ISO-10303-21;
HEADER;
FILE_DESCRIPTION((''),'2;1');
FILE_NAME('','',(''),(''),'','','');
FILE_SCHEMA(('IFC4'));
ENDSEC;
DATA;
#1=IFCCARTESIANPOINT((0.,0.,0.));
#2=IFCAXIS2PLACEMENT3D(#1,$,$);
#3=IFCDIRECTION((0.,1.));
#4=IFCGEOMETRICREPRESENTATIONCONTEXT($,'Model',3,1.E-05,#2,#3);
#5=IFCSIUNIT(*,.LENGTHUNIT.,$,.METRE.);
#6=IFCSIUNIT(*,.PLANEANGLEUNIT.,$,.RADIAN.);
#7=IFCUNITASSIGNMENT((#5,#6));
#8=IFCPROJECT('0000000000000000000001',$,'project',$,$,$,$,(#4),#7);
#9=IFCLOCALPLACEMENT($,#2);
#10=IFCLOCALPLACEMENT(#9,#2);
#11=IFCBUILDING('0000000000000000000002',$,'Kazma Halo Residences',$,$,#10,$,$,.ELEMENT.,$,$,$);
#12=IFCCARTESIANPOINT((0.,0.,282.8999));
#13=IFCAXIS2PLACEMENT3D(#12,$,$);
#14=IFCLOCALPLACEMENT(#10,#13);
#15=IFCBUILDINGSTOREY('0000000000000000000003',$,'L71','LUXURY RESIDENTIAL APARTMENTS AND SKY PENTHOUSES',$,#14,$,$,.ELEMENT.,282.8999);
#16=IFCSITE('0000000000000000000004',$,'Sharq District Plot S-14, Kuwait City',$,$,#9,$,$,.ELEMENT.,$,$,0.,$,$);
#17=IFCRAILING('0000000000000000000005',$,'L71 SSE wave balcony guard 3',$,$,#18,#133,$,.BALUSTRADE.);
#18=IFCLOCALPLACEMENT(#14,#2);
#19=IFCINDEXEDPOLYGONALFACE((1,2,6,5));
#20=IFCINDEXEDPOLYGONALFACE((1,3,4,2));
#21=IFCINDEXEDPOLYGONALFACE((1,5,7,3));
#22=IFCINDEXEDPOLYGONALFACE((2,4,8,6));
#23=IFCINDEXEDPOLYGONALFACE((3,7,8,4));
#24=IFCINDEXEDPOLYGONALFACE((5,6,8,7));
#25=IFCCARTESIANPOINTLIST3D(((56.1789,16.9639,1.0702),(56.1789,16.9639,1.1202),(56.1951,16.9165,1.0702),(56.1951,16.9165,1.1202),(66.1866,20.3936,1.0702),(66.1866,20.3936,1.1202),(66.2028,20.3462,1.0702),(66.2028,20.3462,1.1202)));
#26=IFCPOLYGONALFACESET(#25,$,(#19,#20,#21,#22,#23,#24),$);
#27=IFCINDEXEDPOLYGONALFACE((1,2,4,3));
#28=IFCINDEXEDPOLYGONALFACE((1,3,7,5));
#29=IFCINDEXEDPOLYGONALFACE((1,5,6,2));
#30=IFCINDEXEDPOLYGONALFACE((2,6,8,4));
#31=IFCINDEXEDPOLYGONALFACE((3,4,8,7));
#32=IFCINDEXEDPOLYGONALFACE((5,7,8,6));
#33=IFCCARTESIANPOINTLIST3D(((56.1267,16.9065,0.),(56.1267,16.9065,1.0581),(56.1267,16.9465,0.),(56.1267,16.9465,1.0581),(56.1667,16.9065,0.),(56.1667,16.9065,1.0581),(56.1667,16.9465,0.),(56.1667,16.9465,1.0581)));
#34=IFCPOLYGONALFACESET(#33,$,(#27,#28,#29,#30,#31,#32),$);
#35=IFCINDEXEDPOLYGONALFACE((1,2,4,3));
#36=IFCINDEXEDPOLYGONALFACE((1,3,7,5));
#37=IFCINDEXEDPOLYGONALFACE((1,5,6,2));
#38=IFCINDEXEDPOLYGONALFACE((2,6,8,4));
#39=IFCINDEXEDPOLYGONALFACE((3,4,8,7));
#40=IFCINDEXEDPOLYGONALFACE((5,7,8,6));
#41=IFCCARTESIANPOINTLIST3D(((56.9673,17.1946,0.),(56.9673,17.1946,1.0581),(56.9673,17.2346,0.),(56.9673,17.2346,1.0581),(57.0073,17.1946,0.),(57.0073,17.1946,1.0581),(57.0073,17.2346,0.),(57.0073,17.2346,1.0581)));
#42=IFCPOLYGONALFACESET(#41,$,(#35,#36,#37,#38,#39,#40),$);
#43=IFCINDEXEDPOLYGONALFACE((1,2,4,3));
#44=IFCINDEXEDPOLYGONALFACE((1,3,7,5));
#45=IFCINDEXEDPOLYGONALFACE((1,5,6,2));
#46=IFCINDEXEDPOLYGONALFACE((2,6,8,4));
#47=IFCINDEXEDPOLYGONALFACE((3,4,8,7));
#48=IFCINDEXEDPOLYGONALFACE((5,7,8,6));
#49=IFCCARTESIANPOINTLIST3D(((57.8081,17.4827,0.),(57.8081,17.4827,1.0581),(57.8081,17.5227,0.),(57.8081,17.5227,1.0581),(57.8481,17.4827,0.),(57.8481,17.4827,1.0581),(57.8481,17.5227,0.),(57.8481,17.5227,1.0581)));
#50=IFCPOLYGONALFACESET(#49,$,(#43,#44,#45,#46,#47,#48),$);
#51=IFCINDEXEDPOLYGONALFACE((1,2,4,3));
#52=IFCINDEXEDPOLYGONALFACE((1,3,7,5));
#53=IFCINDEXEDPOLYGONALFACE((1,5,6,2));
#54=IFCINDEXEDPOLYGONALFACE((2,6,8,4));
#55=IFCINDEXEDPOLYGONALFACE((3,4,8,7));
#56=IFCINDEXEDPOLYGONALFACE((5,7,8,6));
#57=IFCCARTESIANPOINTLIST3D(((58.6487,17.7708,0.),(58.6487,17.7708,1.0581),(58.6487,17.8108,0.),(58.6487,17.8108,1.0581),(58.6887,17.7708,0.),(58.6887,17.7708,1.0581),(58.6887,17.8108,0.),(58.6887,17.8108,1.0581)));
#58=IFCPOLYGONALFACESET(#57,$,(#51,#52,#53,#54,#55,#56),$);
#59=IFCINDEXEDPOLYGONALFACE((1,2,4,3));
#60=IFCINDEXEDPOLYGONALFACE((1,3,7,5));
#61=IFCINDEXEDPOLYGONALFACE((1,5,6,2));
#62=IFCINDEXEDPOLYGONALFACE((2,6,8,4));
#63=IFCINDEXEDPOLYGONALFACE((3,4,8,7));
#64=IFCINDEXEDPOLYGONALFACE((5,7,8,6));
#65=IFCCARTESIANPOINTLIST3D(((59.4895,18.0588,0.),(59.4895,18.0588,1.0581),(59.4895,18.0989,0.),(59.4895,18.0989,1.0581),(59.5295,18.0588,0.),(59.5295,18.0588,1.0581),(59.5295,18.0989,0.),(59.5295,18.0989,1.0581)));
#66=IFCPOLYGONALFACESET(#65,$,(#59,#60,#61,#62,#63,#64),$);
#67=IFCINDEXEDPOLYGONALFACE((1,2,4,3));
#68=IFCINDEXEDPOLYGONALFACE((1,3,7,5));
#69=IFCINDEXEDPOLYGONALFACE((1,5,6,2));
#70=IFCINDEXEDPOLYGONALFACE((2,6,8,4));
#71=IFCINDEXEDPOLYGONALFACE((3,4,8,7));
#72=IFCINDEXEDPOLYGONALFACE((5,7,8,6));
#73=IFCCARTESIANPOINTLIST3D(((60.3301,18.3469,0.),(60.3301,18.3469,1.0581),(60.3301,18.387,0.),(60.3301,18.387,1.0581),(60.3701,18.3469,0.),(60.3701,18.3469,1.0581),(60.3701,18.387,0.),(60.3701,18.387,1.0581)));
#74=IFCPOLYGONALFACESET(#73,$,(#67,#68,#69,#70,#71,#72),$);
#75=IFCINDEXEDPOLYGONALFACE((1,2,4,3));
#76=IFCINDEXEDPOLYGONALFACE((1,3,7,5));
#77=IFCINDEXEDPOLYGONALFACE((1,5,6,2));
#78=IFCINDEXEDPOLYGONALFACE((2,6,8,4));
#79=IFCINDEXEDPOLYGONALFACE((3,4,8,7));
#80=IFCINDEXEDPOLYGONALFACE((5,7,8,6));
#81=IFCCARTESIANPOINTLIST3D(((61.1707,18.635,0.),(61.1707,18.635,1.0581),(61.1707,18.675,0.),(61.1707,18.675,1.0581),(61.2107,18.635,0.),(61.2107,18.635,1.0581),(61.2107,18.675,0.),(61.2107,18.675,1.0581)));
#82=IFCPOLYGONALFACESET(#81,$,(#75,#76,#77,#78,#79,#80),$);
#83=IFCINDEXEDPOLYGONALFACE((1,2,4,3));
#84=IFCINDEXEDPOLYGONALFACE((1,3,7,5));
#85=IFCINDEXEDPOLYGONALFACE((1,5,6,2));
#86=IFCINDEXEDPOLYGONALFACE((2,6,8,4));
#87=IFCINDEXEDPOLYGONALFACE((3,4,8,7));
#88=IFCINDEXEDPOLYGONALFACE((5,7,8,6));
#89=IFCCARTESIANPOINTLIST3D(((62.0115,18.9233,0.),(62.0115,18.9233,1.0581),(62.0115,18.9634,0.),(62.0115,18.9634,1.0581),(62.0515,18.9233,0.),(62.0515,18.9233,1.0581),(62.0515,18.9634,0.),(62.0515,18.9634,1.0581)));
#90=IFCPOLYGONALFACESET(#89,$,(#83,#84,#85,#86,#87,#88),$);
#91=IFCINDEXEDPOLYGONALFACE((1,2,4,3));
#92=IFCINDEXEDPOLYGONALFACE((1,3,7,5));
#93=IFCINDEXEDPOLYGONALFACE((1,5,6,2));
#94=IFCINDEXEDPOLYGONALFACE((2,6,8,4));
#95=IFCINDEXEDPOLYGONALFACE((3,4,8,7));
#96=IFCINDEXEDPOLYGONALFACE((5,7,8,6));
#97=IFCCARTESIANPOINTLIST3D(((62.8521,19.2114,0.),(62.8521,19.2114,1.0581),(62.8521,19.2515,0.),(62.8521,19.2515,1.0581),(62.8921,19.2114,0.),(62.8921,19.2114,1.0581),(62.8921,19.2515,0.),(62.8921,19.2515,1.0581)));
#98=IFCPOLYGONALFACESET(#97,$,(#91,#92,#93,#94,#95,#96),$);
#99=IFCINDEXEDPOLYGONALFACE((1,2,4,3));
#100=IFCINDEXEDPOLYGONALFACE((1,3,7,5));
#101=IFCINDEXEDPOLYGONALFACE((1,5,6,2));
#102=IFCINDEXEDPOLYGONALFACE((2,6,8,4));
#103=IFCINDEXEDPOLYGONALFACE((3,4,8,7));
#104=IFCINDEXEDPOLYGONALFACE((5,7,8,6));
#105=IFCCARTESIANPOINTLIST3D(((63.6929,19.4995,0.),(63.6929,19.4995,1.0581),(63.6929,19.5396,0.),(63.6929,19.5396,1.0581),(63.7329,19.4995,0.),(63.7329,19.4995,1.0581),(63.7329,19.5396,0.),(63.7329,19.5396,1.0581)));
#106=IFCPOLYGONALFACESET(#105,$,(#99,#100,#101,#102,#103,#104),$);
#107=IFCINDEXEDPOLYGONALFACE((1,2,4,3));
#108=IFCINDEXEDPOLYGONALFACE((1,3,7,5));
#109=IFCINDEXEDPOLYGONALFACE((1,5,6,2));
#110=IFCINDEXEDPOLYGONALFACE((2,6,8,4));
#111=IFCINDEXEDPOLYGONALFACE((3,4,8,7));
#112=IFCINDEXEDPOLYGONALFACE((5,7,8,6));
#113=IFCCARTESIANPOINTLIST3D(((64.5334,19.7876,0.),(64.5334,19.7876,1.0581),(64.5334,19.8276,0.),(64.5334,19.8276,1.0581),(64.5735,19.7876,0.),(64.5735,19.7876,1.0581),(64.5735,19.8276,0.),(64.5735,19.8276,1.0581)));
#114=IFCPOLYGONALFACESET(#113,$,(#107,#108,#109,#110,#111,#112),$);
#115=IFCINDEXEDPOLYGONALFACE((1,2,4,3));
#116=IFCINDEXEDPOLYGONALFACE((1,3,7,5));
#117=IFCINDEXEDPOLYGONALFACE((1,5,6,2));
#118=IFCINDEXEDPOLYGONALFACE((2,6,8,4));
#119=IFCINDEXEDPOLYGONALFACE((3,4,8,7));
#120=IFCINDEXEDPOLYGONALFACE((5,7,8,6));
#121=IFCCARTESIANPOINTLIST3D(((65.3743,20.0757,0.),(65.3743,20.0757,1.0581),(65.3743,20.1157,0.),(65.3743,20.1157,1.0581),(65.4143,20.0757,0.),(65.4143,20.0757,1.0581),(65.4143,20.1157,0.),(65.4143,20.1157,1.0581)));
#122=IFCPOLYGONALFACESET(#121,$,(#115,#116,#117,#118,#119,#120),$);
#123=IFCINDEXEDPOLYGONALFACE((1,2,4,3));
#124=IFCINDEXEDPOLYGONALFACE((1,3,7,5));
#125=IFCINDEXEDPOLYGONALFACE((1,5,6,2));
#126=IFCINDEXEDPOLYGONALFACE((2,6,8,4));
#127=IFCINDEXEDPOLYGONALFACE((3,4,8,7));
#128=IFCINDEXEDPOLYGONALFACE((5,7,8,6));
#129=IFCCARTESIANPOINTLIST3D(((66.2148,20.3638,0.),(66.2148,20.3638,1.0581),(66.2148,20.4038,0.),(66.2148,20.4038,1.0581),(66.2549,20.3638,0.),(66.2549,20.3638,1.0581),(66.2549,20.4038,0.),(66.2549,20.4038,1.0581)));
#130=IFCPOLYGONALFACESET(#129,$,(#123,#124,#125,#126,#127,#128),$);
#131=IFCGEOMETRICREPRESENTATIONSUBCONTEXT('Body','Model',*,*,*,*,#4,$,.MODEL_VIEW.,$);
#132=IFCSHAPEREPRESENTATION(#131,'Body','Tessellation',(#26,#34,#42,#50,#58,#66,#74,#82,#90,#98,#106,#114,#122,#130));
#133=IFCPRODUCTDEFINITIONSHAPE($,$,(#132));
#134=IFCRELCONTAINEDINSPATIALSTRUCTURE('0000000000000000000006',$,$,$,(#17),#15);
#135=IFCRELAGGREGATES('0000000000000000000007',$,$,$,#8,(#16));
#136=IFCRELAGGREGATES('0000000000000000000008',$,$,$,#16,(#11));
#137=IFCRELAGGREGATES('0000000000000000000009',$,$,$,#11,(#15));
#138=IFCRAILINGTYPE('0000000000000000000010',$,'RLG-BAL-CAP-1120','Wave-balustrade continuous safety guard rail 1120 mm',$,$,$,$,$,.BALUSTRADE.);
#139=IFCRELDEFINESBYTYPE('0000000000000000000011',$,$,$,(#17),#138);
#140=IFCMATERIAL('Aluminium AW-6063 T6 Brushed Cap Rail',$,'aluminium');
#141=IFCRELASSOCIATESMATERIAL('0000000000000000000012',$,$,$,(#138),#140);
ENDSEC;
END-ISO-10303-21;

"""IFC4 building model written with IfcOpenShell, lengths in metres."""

from ifc_helpers import new_model, si_unit, direction, frame, origin, origin_2d, place, context, subcontext, project, spatial, rectangle, extrude, material, type_object, element, save


model = new_model("IFC4")

# Units and contexts
model_context = context("Model", 3, precision=1e-05, world=origin(), true_north=direction((0.0, 1.0)))
body_context = subcontext(model_context, "Body", "Model", "MODEL_VIEW")
ifc_project = project(units=[si_unit("LENGTHUNIT", "METRE"), si_unit("PLANEANGLEUNIT", "RADIAN")], contexts=[model_context])

# Site, building, storey
site_placement = place(None, origin())
site = spatial("IfcSite", under=ifc_project, at=site_placement, Name="Sharq District Plot S-14, Kuwait City", CompositionType="ELEMENT", RefElevation=0.0)
building_placement = place(site_placement, origin())
building = spatial("IfcBuilding", under=site, at=building_placement, Name="Kazma Halo Residences", CompositionType="ELEMENT")
storey_placement = place(building_placement, frame((0.0, 0.0, 282.8999)))
storey = spatial("IfcBuildingStorey", under=building, at=storey_placement, Name="L71", Description="LUXURY RESIDENTIAL APARTMENTS AND SKY PENTHOUSES", CompositionType="ELEMENT", Elevation=282.8999)

# Railing
ifc_material_1 = material(Name="Aluminium AW-6063 T6 Brushed Cap Rail", Category="aluminium")
railing_type = type_object("IfcRailingType", Name="RLG-BAL-CAP-1120", Description="Wave-balustrade continuous safety guard rail 1120 mm", PredefinedType="BALUSTRADE", material=ifc_material_1)
railing_placement = place(storey_placement, frame((56.1467, 16.9265, 0.0)))
element("IfcRailing", 1, at=railing_placement, inside=storey, type_object=railing_type, Name="L71 SSE wave balcony guard 3", PredefinedType="BALUSTRADE", context=body_context, shape_type="SweptSolid", body=[
    extrude(rectangle(XDim=0.05, YDim=0.05, at=origin_2d()), frame((0.0403, 0.0137, 1.0952), z_axis=(0.945989, 0.324197, 0.0), x_axis=(-0.324197, 0.945989, 0.0)), (0.0, 0.0, 1.0), 10.5791),
    extrude(rectangle(XDim=0.04, YDim=0.04, at=origin_2d()), origin(), (0.0, 0.0, 1.0), 1.0581),
    extrude(rectangle(XDim=0.04, YDim=0.04, at=origin_2d()), frame((0.8406, 0.2881, 0.0)), (0.0, 0.0, 1.0), 1.0581),
    extrude(rectangle(XDim=0.04, YDim=0.04, at=origin_2d()), frame((1.6814, 0.5762, 0.0)), (0.0, 0.0, 1.0), 1.0581),
    extrude(rectangle(XDim=0.04, YDim=0.04, at=origin_2d()), frame((2.522, 0.8643, 0.0)), (0.0, 0.0, 1.0), 1.0581),
    extrude(rectangle(XDim=0.04, YDim=0.04, at=origin_2d()), frame((3.3628, 1.1523, 0.0)), (0.0, 0.0, 1.0), 1.0581),
    extrude(rectangle(XDim=0.04, YDim=0.04, at=origin_2d()), frame((4.2034, 1.4404, 0.0)), (0.0, 0.0, 1.0), 1.0581),
    extrude(rectangle(XDim=0.04, YDim=0.04, at=origin_2d()), frame((5.0439, 1.7285, 0.0)), (0.0, 0.0, 1.0), 1.0581),
    extrude(rectangle(XDim=0.04, YDim=0.04, at=origin_2d()), frame((5.8848, 2.0168, 0.0)), (0.0, 0.0, 1.0), 1.0581),
    extrude(rectangle(XDim=0.04, YDim=0.04, at=origin_2d()), frame((6.7253, 2.3049, 0.0)), (0.0, 0.0, 1.0), 1.0581),
    extrude(rectangle(XDim=0.04, YDim=0.04, at=origin_2d()), frame((7.5662, 2.593, 0.0)), (0.0, 0.0, 1.0), 1.0581),
    extrude(rectangle(XDim=0.04, YDim=0.04, at=origin_2d()), frame((8.4067, 2.8811, 0.0)), (0.0, 0.0, 1.0), 1.0581),
    extrude(rectangle(XDim=0.04, YDim=0.04, at=origin_2d()), frame((9.2476, 3.1692, 0.0)), (0.0, 0.0, 1.0), 1.0581),
    extrude(rectangle(XDim=0.04, YDim=0.04, at=origin_2d()), frame((10.0881, 3.4573, 0.0)), (0.0, 0.0, 1.0), 1.0581),
])

save(model, "model.ifc")
